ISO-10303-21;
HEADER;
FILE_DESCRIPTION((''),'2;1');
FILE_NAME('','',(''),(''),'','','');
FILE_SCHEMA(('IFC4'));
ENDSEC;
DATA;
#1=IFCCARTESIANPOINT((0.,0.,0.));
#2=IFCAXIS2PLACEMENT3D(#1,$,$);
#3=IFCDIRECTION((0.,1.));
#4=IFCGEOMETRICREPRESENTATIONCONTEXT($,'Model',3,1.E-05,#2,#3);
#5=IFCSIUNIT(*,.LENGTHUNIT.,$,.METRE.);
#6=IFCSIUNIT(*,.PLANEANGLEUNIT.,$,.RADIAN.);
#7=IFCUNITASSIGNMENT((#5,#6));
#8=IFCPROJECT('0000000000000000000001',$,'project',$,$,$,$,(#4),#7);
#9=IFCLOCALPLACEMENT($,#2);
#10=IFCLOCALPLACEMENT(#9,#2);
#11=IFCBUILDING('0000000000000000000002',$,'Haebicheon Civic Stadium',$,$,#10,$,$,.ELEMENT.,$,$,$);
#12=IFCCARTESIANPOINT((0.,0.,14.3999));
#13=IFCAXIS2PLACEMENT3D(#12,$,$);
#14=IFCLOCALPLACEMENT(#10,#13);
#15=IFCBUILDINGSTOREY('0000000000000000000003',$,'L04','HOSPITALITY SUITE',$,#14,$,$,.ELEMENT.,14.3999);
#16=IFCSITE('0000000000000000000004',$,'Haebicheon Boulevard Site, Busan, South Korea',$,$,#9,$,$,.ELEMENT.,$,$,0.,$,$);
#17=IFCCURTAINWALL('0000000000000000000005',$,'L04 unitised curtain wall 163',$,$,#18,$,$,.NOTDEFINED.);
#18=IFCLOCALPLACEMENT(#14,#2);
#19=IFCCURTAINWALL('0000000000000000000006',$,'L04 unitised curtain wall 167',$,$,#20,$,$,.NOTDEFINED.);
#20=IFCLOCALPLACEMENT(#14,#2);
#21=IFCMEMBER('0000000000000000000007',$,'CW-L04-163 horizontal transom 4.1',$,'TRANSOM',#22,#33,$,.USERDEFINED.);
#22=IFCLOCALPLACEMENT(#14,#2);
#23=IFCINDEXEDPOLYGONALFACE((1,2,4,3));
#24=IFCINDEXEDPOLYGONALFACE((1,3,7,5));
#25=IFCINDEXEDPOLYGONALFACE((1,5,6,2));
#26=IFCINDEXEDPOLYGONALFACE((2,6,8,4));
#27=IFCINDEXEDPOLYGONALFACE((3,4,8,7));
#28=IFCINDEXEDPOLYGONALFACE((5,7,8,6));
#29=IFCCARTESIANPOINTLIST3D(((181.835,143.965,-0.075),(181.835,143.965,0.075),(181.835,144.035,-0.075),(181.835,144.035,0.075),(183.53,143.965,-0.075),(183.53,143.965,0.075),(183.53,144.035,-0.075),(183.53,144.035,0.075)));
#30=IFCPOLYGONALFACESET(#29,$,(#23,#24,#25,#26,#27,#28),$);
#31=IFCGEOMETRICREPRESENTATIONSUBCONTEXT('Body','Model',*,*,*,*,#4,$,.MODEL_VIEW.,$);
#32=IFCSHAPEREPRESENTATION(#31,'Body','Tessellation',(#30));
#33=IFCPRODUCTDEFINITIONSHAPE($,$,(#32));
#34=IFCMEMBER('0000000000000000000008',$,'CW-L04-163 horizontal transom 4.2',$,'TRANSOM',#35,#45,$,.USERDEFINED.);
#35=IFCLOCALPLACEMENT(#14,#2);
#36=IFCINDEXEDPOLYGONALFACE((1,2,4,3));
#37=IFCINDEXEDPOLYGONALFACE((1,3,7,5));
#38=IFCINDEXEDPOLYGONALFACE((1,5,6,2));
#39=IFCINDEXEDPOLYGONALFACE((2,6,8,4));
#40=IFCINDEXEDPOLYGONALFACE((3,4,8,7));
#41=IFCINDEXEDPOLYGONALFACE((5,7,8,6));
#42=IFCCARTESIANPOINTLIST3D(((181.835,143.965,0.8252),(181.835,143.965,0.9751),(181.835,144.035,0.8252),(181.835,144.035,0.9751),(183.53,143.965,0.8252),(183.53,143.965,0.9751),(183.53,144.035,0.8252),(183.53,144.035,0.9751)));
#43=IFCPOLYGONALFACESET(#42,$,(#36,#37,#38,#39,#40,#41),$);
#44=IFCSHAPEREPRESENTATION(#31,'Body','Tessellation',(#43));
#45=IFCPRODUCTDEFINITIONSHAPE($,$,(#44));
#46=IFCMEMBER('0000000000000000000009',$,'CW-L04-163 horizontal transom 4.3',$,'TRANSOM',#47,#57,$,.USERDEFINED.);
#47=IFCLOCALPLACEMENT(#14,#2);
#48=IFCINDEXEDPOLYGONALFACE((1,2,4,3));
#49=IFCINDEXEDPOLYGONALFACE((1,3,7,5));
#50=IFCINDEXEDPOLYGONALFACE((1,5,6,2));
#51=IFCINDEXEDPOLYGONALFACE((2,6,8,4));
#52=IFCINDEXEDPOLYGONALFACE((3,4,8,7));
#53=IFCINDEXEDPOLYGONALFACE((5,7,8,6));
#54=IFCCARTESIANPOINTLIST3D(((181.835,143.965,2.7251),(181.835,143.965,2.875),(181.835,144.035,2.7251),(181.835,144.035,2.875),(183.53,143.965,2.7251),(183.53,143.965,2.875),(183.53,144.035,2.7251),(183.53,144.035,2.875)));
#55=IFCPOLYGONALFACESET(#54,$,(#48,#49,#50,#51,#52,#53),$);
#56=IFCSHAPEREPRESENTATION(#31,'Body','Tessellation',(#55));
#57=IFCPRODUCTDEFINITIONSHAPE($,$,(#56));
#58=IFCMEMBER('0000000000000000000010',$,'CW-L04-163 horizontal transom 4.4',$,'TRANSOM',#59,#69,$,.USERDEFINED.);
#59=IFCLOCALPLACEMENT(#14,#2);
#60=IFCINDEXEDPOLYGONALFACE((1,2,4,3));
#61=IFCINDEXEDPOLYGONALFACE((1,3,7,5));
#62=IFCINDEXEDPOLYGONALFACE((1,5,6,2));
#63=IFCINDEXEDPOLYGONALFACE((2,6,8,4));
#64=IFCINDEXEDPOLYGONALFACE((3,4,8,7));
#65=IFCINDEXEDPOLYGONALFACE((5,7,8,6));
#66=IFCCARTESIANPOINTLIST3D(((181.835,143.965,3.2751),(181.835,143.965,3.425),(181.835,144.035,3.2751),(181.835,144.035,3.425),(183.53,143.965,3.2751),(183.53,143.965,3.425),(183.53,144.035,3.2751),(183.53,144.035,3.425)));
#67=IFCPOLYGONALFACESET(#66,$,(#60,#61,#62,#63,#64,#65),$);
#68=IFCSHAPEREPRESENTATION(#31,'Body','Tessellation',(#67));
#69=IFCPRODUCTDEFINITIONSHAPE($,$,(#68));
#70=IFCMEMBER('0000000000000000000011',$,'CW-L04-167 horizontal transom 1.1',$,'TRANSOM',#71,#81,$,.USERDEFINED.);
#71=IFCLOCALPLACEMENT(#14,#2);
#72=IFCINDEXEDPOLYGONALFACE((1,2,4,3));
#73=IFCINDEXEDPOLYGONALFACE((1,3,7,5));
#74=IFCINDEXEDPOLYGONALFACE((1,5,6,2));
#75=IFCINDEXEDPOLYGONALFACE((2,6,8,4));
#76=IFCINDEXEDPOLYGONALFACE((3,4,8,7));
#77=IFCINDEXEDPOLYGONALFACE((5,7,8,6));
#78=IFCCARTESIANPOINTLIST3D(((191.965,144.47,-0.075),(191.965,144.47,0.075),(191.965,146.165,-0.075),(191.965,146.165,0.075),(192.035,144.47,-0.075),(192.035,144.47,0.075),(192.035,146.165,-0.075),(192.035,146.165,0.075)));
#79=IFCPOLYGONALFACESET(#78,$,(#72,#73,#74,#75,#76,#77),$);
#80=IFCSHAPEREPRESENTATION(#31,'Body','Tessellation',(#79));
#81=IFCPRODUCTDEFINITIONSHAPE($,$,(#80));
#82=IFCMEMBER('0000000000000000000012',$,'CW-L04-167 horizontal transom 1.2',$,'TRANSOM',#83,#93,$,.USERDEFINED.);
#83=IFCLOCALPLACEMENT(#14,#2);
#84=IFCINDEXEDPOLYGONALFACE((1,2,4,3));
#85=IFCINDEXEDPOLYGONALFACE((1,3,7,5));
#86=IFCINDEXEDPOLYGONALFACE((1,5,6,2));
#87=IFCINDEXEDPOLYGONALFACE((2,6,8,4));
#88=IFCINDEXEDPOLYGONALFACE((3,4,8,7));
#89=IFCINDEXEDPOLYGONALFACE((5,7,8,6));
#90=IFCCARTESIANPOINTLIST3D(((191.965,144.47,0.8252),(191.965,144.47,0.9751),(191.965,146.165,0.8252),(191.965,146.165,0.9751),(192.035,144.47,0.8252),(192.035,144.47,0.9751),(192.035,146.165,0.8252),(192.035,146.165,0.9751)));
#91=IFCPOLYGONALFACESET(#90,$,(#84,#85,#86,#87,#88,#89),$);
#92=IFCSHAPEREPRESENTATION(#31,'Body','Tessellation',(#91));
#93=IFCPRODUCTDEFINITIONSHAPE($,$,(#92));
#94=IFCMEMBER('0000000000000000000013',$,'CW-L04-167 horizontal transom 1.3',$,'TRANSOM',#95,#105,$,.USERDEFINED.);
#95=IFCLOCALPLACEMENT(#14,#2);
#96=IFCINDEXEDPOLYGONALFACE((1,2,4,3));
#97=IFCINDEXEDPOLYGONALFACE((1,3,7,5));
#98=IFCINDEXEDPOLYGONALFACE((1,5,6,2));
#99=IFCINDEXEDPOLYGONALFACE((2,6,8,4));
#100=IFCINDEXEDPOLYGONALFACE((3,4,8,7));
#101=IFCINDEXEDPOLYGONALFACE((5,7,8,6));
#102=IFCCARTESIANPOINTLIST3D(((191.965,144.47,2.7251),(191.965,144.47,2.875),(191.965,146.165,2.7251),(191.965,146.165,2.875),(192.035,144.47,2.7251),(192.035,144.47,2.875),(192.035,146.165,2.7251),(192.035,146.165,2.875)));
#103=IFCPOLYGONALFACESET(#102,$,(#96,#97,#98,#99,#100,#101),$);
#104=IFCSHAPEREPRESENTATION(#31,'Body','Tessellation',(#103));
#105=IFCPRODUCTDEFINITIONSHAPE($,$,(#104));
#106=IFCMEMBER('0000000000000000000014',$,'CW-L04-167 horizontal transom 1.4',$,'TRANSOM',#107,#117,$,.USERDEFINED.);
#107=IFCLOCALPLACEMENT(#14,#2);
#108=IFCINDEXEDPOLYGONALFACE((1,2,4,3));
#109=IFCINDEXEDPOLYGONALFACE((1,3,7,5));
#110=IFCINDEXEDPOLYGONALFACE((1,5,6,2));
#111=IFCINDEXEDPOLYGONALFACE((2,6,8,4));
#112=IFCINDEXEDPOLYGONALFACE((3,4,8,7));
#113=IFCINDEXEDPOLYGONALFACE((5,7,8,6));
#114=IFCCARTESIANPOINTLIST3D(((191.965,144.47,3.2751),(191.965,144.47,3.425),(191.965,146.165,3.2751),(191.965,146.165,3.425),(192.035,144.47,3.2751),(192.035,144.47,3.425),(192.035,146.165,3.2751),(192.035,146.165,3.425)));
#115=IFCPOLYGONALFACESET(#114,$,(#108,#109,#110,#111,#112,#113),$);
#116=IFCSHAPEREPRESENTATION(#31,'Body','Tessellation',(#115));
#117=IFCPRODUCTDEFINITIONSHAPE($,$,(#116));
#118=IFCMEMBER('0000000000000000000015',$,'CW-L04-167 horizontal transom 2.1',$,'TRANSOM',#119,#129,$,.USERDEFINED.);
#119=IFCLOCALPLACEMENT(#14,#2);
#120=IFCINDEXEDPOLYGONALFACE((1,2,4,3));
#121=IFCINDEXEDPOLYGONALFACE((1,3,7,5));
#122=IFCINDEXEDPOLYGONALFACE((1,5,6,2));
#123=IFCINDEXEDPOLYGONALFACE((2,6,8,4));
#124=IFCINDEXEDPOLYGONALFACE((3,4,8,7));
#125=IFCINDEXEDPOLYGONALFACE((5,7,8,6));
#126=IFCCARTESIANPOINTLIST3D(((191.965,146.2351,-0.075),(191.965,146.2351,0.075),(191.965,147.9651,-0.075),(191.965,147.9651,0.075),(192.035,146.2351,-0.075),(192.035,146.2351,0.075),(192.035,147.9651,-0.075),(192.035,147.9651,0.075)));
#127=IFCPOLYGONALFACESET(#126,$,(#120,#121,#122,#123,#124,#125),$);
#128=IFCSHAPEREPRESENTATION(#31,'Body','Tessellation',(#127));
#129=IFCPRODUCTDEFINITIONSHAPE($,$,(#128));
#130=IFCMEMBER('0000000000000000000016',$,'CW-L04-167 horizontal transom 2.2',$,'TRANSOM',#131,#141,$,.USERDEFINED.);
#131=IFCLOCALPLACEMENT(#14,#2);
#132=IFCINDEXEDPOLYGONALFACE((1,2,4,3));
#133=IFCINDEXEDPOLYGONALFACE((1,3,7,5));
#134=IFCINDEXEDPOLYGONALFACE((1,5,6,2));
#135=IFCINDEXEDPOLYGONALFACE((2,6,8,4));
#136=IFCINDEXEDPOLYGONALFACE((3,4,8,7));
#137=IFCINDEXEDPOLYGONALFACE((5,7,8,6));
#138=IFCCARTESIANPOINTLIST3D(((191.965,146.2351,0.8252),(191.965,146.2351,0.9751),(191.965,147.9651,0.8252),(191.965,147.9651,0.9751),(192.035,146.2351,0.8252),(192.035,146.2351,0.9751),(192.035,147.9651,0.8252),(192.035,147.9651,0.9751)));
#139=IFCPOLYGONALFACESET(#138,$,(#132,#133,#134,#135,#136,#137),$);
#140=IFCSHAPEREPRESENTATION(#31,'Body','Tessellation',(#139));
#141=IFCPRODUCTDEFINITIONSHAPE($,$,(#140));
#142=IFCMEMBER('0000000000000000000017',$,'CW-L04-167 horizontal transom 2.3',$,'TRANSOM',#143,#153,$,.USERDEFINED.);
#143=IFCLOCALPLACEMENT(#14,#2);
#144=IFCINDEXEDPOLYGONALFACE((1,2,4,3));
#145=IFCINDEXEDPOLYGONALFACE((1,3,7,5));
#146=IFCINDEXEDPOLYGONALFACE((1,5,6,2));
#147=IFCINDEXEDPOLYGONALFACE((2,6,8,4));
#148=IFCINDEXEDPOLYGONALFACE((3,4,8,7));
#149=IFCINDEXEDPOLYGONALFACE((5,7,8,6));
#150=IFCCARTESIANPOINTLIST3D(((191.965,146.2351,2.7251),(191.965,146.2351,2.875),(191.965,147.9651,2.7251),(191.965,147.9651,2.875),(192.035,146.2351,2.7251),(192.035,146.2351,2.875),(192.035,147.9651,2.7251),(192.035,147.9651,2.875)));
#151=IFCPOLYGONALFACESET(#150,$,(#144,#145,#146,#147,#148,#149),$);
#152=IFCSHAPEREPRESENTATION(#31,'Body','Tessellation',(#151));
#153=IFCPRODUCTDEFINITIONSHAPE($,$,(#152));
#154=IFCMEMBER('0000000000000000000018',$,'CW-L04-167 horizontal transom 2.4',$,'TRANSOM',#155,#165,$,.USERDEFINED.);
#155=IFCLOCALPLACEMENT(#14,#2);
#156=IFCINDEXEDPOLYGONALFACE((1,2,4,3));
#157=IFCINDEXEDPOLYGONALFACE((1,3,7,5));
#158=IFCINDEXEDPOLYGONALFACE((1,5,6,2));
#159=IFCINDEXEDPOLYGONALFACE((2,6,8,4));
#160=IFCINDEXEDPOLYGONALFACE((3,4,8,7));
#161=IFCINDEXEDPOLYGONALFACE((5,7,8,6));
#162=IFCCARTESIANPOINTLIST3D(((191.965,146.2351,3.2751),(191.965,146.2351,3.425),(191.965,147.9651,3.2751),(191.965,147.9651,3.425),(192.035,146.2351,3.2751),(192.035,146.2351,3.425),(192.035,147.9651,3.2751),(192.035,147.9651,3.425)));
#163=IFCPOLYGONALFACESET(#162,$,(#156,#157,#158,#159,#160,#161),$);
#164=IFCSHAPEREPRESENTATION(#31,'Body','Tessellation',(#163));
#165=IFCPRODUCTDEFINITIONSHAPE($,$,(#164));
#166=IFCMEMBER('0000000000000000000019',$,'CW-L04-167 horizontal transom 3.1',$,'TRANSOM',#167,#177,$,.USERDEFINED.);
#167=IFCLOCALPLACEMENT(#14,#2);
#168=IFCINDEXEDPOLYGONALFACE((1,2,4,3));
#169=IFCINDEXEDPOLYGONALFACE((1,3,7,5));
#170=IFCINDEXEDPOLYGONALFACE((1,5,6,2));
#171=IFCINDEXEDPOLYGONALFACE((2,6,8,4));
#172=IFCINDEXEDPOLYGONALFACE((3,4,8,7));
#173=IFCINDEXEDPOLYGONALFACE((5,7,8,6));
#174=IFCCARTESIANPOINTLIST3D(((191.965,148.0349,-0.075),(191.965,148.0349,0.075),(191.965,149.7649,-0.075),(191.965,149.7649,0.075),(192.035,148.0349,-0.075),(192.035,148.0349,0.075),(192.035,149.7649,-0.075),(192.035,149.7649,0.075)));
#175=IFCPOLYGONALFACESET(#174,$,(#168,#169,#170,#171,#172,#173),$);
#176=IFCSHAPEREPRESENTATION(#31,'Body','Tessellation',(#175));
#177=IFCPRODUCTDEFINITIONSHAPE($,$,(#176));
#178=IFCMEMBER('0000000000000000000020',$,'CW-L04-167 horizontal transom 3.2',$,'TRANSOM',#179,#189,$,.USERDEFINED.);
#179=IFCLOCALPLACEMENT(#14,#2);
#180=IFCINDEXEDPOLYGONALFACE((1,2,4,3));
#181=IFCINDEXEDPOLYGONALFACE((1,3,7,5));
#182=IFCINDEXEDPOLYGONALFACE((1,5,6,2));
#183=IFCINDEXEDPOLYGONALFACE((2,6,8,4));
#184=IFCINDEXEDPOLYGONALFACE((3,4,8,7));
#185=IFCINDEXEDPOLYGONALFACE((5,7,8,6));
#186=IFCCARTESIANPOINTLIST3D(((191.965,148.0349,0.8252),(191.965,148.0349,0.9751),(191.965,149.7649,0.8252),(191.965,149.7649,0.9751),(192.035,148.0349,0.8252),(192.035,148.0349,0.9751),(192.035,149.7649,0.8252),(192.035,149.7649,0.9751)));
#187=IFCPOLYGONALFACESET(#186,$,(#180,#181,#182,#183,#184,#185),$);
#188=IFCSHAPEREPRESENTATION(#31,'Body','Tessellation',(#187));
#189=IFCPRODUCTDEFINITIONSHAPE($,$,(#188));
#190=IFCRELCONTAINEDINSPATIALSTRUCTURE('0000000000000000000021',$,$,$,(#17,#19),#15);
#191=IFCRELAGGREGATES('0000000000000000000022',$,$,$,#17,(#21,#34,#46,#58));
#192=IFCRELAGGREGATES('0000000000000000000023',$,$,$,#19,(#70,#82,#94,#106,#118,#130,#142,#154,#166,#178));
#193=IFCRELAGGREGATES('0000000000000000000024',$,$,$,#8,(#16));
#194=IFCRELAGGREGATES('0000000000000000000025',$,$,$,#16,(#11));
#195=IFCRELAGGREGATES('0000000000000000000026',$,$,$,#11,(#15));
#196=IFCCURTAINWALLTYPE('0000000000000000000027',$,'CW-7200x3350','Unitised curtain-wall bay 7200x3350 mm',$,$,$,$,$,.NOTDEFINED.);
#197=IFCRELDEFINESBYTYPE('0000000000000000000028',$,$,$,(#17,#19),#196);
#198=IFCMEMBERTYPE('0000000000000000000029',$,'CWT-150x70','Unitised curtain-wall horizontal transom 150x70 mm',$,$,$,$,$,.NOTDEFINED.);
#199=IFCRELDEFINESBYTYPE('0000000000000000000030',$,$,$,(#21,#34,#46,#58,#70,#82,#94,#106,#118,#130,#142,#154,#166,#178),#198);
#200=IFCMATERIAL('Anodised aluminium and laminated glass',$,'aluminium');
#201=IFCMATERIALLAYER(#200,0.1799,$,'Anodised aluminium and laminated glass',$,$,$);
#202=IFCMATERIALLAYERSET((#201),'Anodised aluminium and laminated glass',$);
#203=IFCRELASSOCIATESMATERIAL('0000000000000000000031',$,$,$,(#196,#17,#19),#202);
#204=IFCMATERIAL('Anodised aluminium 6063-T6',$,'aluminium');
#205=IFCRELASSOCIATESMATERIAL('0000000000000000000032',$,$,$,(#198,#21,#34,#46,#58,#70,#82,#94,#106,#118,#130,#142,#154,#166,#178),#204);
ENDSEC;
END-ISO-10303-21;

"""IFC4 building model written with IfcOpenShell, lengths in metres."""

from ifc_helpers import new_model, si_unit, direction, frame, origin, origin_2d, place, context, subcontext, project, spatial, rectangle, extrude, material, layer, layer_set, material_profile, profile_set, type_object, element, aggregate, save


model = new_model("IFC4")

# Units and contexts
model_context = context("Model", 3, precision=1e-05, world=origin(), true_north=direction((0.0, 1.0)))
body_context = subcontext(model_context, "Body", "Model", "MODEL_VIEW")
ifc_project = project(units=[si_unit("LENGTHUNIT", "METRE"), si_unit("PLANEANGLEUNIT", "RADIAN")], contexts=[model_context])

# Site, building, storey
site_placement = place(None, origin())
site = spatial("IfcSite", under=ifc_project, at=site_placement, Name="Haebicheon Boulevard Site, Busan, South Korea", CompositionType="ELEMENT", RefElevation=0.0)
building_placement = place(site_placement, origin())
building = spatial("IfcBuilding", under=site, at=building_placement, Name="Haebicheon Civic Stadium", CompositionType="ELEMENT")
storey_placement = place(building_placement, frame((0.0, 0.0, 14.3999)))
storey = spatial("IfcBuildingStorey", under=building, at=storey_placement, Name="L04", Description="HOSPITALITY SUITE", CompositionType="ELEMENT", Elevation=14.3999)

# Curtain walls
ifc_material_1 = material(Name="Anodised aluminium and laminated glass", Category="aluminium")
ifc_layer_1 = layer(ifc_material_1, 0.1799, Name="Anodised aluminium and laminated glass")
ifc_layer_set_1 = layer_set([ifc_layer_1], Name="Anodised aluminium and laminated glass")
curtain_wall_type = type_object("IfcCurtainWallType", Name="CW-7200x3350", Description="Unitised curtain-wall bay 7200x3350 mm", PredefinedType="NOTDEFINED", material=ifc_layer_set_1)
curtain_wall_1_placement = place(storey_placement, origin())
curtain_wall_1 = element("IfcCurtainWall", 1, at=curtain_wall_1_placement, inside=storey, type_object=curtain_wall_type, material=ifc_layer_set_1, Name="L04 unitised curtain wall 163", PredefinedType="NOTDEFINED")
curtain_wall_2_placement = place(storey_placement, origin())
curtain_wall_2 = element("IfcCurtainWall", 2, at=curtain_wall_2_placement, inside=storey, type_object=curtain_wall_type, material=ifc_layer_set_1, Name="L04 unitised curtain wall 167", PredefinedType="NOTDEFINED")

# Members
ifc_material_2 = material(Name="Anodised aluminium 6063-T6", Category="aluminium")
ifc_material_profile_1 = material_profile(ifc_material_2, rectangle(XDim=0.0701, YDim=0.1499, at=origin_2d()), Name="ALU-TRAN-70x150")
ifc_profile_set_1 = profile_set([ifc_material_profile_1], Name="Anodised aluminium 6063-T6")
member_type_1 = type_object("IfcMemberType", Name="CWT-150x70", Description="Unitised curtain-wall horizontal transom 150x70 mm", PredefinedType="NOTDEFINED", material=ifc_profile_set_1)
member_1_placement = place(storey_placement, frame((181.835, 144.0, 0.0), z_axis=(1.0, 0.0, 0.0), x_axis=(0.0, 1.0, 0.0)))
member_1 = element("IfcMember", 3, at=member_1_placement, type_object=member_type_1, material=ifc_profile_set_1, Name="CW-L04-163 horizontal transom 4.1", ObjectType="TRANSOM", PredefinedType="USERDEFINED", context=body_context, shape_type="SweptSolid", body=[
    extrude(rectangle(XDim=0.0701, YDim=0.1499, at=origin_2d()), origin(), (0.0, 0.0, 1.0), 1.6951),
])
member_2_placement = place(storey_placement, frame((181.835, 144.0, 0.9001), z_axis=(1.0, 0.0, 0.0), x_axis=(0.0, 1.0, 0.0)))
member_2 = element("IfcMember", 4, at=member_2_placement, type_object=member_type_1, material=ifc_profile_set_1, Name="CW-L04-163 horizontal transom 4.2", ObjectType="TRANSOM", PredefinedType="USERDEFINED", context=body_context, shape_type="SweptSolid", body=[
    extrude(rectangle(XDim=0.0701, YDim=0.1499, at=origin_2d()), origin(), (0.0, 0.0, 1.0), 1.6951),
])
member_3_placement = place(storey_placement, frame((181.835, 144.0, 2.8), z_axis=(1.0, 0.0, 0.0), x_axis=(0.0, 1.0, 0.0)))
member_3 = element("IfcMember", 5, at=member_3_placement, type_object=member_type_1, material=ifc_profile_set_1, Name="CW-L04-163 horizontal transom 4.3", ObjectType="TRANSOM", PredefinedType="USERDEFINED", context=body_context, shape_type="SweptSolid", body=[
    extrude(rectangle(XDim=0.0701, YDim=0.1499, at=origin_2d()), origin(), (0.0, 0.0, 1.0), 1.6951),
])
member_4_placement = place(storey_placement, frame((181.835, 144.0, 3.3501), z_axis=(1.0, 0.0, 0.0), x_axis=(0.0, 1.0, 0.0)))
member_4 = element("IfcMember", 6, at=member_4_placement, type_object=member_type_1, material=ifc_profile_set_1, Name="CW-L04-163 horizontal transom 4.4", ObjectType="TRANSOM", PredefinedType="USERDEFINED", context=body_context, shape_type="SweptSolid", body=[
    extrude(rectangle(XDim=0.0701, YDim=0.1499, at=origin_2d()), origin(), (0.0, 0.0, 1.0), 1.6951),
])
member_5_placement = place(storey_placement, frame((192.0, 144.47, 0.0), z_axis=(0.0, 1.0, 0.0), x_axis=(-1.0, 0.0, 0.0)))
member_5 = element("IfcMember", 7, at=member_5_placement, type_object=member_type_1, material=ifc_profile_set_1, Name="CW-L04-167 horizontal transom 1.1", ObjectType="TRANSOM", PredefinedType="USERDEFINED", context=body_context, shape_type="SweptSolid", body=[
    extrude(rectangle(XDim=0.0701, YDim=0.1499, at=origin_2d()), origin(), (0.0, 0.0, 1.0), 1.6951),
])
member_6_placement = place(storey_placement, frame((192.0, 144.47, 0.9001), z_axis=(0.0, 1.0, 0.0), x_axis=(-1.0, 0.0, 0.0)))
member_6 = element("IfcMember", 8, at=member_6_placement, type_object=member_type_1, material=ifc_profile_set_1, Name="CW-L04-167 horizontal transom 1.2", ObjectType="TRANSOM", PredefinedType="USERDEFINED", context=body_context, shape_type="SweptSolid", body=[
    extrude(rectangle(XDim=0.0701, YDim=0.1499, at=origin_2d()), origin(), (0.0, 0.0, 1.0), 1.6951),
])
member_7_placement = place(storey_placement, frame((192.0, 144.47, 2.8), z_axis=(0.0, 1.0, 0.0), x_axis=(-1.0, 0.0, 0.0)))
member_7 = element("IfcMember", 9, at=member_7_placement, type_object=member_type_1, material=ifc_profile_set_1, Name="CW-L04-167 horizontal transom 1.3", ObjectType="TRANSOM", PredefinedType="USERDEFINED", context=body_context, shape_type="SweptSolid", body=[
    extrude(rectangle(XDim=0.0701, YDim=0.1499, at=origin_2d()), origin(), (0.0, 0.0, 1.0), 1.6951),
])
member_8_placement = place(storey_placement, frame((192.0, 144.47, 3.3501), z_axis=(0.0, 1.0, 0.0), x_axis=(-1.0, 0.0, 0.0)))
member_8 = element("IfcMember", 10, at=member_8_placement, type_object=member_type_1, material=ifc_profile_set_1, Name="CW-L04-167 horizontal transom 1.4", ObjectType="TRANSOM", PredefinedType="USERDEFINED", context=body_context, shape_type="SweptSolid", body=[
    extrude(rectangle(XDim=0.0701, YDim=0.1499, at=origin_2d()), origin(), (0.0, 0.0, 1.0), 1.6951),
])
member_9_placement = place(storey_placement, frame((192.0, 146.2351, 0.0), z_axis=(0.0, 1.0, 0.0), x_axis=(-1.0, 0.0, 0.0)))
member_9 = element("IfcMember", 11, at=member_9_placement, type_object=member_type_1, material=ifc_profile_set_1, Name="CW-L04-167 horizontal transom 2.1", ObjectType="TRANSOM", PredefinedType="USERDEFINED", context=body_context, shape_type="SweptSolid", body=[
    extrude(rectangle(XDim=0.0701, YDim=0.1499, at=origin_2d()), origin(), (0.0, 0.0, 1.0), 1.73),
])
member_10_placement = place(storey_placement, frame((192.0, 146.2351, 0.9001), z_axis=(0.0, 1.0, 0.0), x_axis=(-1.0, 0.0, 0.0)))
member_10 = element("IfcMember", 12, at=member_10_placement, type_object=member_type_1, material=ifc_profile_set_1, Name="CW-L04-167 horizontal transom 2.2", ObjectType="TRANSOM", PredefinedType="USERDEFINED", context=body_context, shape_type="SweptSolid", body=[
    extrude(rectangle(XDim=0.0701, YDim=0.1499, at=origin_2d()), origin(), (0.0, 0.0, 1.0), 1.73),
])
member_11_placement = place(storey_placement, frame((192.0, 146.2351, 2.8), z_axis=(0.0, 1.0, 0.0), x_axis=(-1.0, 0.0, 0.0)))
member_11 = element("IfcMember", 13, at=member_11_placement, type_object=member_type_1, material=ifc_profile_set_1, Name="CW-L04-167 horizontal transom 2.3", ObjectType="TRANSOM", PredefinedType="USERDEFINED", context=body_context, shape_type="SweptSolid", body=[
    extrude(rectangle(XDim=0.0701, YDim=0.1499, at=origin_2d()), origin(), (0.0, 0.0, 1.0), 1.73),
])
member_12_placement = place(storey_placement, frame((192.0, 146.2351, 3.3501), z_axis=(0.0, 1.0, 0.0), x_axis=(-1.0, 0.0, 0.0)))
member_12 = element("IfcMember", 14, at=member_12_placement, type_object=member_type_1, material=ifc_profile_set_1, Name="CW-L04-167 horizontal transom 2.4", ObjectType="TRANSOM", PredefinedType="USERDEFINED", context=body_context, shape_type="SweptSolid", body=[
    extrude(rectangle(XDim=0.0701, YDim=0.1499, at=origin_2d()), origin(), (0.0, 0.0, 1.0), 1.73),
])
member_13_placement = place(storey_placement, frame((192.0, 148.0349, 0.0), z_axis=(0.0, 1.0, 0.0), x_axis=(-1.0, 0.0, 0.0)))
member_13 = element("IfcMember", 15, at=member_13_placement, type_object=member_type_1, material=ifc_profile_set_1, Name="CW-L04-167 horizontal transom 3.1", ObjectType="TRANSOM", PredefinedType="USERDEFINED", context=body_context, shape_type="SweptSolid", body=[
    extrude(rectangle(XDim=0.0701, YDim=0.1499, at=origin_2d()), origin(), (0.0, 0.0, 1.0), 1.73),
])
member_14_placement = place(storey_placement, frame((192.0, 148.0349, 0.9001), z_axis=(0.0, 1.0, 0.0), x_axis=(-1.0, 0.0, 0.0)))
member_14 = element("IfcMember", 16, at=member_14_placement, type_object=member_type_1, material=ifc_profile_set_1, Name="CW-L04-167 horizontal transom 3.2", ObjectType="TRANSOM", PredefinedType="USERDEFINED", context=body_context, shape_type="SweptSolid", body=[
    extrude(rectangle(XDim=0.0701, YDim=0.1499, at=origin_2d()), origin(), (0.0, 0.0, 1.0), 1.73),
])

aggregate(curtain_wall_1, [member_1, member_2, member_3, member_4])
aggregate(curtain_wall_2, [member_5, member_6, member_7, member_8, member_9, member_10, member_11, member_12, member_13, member_14])

save(model, "model.ifc")
